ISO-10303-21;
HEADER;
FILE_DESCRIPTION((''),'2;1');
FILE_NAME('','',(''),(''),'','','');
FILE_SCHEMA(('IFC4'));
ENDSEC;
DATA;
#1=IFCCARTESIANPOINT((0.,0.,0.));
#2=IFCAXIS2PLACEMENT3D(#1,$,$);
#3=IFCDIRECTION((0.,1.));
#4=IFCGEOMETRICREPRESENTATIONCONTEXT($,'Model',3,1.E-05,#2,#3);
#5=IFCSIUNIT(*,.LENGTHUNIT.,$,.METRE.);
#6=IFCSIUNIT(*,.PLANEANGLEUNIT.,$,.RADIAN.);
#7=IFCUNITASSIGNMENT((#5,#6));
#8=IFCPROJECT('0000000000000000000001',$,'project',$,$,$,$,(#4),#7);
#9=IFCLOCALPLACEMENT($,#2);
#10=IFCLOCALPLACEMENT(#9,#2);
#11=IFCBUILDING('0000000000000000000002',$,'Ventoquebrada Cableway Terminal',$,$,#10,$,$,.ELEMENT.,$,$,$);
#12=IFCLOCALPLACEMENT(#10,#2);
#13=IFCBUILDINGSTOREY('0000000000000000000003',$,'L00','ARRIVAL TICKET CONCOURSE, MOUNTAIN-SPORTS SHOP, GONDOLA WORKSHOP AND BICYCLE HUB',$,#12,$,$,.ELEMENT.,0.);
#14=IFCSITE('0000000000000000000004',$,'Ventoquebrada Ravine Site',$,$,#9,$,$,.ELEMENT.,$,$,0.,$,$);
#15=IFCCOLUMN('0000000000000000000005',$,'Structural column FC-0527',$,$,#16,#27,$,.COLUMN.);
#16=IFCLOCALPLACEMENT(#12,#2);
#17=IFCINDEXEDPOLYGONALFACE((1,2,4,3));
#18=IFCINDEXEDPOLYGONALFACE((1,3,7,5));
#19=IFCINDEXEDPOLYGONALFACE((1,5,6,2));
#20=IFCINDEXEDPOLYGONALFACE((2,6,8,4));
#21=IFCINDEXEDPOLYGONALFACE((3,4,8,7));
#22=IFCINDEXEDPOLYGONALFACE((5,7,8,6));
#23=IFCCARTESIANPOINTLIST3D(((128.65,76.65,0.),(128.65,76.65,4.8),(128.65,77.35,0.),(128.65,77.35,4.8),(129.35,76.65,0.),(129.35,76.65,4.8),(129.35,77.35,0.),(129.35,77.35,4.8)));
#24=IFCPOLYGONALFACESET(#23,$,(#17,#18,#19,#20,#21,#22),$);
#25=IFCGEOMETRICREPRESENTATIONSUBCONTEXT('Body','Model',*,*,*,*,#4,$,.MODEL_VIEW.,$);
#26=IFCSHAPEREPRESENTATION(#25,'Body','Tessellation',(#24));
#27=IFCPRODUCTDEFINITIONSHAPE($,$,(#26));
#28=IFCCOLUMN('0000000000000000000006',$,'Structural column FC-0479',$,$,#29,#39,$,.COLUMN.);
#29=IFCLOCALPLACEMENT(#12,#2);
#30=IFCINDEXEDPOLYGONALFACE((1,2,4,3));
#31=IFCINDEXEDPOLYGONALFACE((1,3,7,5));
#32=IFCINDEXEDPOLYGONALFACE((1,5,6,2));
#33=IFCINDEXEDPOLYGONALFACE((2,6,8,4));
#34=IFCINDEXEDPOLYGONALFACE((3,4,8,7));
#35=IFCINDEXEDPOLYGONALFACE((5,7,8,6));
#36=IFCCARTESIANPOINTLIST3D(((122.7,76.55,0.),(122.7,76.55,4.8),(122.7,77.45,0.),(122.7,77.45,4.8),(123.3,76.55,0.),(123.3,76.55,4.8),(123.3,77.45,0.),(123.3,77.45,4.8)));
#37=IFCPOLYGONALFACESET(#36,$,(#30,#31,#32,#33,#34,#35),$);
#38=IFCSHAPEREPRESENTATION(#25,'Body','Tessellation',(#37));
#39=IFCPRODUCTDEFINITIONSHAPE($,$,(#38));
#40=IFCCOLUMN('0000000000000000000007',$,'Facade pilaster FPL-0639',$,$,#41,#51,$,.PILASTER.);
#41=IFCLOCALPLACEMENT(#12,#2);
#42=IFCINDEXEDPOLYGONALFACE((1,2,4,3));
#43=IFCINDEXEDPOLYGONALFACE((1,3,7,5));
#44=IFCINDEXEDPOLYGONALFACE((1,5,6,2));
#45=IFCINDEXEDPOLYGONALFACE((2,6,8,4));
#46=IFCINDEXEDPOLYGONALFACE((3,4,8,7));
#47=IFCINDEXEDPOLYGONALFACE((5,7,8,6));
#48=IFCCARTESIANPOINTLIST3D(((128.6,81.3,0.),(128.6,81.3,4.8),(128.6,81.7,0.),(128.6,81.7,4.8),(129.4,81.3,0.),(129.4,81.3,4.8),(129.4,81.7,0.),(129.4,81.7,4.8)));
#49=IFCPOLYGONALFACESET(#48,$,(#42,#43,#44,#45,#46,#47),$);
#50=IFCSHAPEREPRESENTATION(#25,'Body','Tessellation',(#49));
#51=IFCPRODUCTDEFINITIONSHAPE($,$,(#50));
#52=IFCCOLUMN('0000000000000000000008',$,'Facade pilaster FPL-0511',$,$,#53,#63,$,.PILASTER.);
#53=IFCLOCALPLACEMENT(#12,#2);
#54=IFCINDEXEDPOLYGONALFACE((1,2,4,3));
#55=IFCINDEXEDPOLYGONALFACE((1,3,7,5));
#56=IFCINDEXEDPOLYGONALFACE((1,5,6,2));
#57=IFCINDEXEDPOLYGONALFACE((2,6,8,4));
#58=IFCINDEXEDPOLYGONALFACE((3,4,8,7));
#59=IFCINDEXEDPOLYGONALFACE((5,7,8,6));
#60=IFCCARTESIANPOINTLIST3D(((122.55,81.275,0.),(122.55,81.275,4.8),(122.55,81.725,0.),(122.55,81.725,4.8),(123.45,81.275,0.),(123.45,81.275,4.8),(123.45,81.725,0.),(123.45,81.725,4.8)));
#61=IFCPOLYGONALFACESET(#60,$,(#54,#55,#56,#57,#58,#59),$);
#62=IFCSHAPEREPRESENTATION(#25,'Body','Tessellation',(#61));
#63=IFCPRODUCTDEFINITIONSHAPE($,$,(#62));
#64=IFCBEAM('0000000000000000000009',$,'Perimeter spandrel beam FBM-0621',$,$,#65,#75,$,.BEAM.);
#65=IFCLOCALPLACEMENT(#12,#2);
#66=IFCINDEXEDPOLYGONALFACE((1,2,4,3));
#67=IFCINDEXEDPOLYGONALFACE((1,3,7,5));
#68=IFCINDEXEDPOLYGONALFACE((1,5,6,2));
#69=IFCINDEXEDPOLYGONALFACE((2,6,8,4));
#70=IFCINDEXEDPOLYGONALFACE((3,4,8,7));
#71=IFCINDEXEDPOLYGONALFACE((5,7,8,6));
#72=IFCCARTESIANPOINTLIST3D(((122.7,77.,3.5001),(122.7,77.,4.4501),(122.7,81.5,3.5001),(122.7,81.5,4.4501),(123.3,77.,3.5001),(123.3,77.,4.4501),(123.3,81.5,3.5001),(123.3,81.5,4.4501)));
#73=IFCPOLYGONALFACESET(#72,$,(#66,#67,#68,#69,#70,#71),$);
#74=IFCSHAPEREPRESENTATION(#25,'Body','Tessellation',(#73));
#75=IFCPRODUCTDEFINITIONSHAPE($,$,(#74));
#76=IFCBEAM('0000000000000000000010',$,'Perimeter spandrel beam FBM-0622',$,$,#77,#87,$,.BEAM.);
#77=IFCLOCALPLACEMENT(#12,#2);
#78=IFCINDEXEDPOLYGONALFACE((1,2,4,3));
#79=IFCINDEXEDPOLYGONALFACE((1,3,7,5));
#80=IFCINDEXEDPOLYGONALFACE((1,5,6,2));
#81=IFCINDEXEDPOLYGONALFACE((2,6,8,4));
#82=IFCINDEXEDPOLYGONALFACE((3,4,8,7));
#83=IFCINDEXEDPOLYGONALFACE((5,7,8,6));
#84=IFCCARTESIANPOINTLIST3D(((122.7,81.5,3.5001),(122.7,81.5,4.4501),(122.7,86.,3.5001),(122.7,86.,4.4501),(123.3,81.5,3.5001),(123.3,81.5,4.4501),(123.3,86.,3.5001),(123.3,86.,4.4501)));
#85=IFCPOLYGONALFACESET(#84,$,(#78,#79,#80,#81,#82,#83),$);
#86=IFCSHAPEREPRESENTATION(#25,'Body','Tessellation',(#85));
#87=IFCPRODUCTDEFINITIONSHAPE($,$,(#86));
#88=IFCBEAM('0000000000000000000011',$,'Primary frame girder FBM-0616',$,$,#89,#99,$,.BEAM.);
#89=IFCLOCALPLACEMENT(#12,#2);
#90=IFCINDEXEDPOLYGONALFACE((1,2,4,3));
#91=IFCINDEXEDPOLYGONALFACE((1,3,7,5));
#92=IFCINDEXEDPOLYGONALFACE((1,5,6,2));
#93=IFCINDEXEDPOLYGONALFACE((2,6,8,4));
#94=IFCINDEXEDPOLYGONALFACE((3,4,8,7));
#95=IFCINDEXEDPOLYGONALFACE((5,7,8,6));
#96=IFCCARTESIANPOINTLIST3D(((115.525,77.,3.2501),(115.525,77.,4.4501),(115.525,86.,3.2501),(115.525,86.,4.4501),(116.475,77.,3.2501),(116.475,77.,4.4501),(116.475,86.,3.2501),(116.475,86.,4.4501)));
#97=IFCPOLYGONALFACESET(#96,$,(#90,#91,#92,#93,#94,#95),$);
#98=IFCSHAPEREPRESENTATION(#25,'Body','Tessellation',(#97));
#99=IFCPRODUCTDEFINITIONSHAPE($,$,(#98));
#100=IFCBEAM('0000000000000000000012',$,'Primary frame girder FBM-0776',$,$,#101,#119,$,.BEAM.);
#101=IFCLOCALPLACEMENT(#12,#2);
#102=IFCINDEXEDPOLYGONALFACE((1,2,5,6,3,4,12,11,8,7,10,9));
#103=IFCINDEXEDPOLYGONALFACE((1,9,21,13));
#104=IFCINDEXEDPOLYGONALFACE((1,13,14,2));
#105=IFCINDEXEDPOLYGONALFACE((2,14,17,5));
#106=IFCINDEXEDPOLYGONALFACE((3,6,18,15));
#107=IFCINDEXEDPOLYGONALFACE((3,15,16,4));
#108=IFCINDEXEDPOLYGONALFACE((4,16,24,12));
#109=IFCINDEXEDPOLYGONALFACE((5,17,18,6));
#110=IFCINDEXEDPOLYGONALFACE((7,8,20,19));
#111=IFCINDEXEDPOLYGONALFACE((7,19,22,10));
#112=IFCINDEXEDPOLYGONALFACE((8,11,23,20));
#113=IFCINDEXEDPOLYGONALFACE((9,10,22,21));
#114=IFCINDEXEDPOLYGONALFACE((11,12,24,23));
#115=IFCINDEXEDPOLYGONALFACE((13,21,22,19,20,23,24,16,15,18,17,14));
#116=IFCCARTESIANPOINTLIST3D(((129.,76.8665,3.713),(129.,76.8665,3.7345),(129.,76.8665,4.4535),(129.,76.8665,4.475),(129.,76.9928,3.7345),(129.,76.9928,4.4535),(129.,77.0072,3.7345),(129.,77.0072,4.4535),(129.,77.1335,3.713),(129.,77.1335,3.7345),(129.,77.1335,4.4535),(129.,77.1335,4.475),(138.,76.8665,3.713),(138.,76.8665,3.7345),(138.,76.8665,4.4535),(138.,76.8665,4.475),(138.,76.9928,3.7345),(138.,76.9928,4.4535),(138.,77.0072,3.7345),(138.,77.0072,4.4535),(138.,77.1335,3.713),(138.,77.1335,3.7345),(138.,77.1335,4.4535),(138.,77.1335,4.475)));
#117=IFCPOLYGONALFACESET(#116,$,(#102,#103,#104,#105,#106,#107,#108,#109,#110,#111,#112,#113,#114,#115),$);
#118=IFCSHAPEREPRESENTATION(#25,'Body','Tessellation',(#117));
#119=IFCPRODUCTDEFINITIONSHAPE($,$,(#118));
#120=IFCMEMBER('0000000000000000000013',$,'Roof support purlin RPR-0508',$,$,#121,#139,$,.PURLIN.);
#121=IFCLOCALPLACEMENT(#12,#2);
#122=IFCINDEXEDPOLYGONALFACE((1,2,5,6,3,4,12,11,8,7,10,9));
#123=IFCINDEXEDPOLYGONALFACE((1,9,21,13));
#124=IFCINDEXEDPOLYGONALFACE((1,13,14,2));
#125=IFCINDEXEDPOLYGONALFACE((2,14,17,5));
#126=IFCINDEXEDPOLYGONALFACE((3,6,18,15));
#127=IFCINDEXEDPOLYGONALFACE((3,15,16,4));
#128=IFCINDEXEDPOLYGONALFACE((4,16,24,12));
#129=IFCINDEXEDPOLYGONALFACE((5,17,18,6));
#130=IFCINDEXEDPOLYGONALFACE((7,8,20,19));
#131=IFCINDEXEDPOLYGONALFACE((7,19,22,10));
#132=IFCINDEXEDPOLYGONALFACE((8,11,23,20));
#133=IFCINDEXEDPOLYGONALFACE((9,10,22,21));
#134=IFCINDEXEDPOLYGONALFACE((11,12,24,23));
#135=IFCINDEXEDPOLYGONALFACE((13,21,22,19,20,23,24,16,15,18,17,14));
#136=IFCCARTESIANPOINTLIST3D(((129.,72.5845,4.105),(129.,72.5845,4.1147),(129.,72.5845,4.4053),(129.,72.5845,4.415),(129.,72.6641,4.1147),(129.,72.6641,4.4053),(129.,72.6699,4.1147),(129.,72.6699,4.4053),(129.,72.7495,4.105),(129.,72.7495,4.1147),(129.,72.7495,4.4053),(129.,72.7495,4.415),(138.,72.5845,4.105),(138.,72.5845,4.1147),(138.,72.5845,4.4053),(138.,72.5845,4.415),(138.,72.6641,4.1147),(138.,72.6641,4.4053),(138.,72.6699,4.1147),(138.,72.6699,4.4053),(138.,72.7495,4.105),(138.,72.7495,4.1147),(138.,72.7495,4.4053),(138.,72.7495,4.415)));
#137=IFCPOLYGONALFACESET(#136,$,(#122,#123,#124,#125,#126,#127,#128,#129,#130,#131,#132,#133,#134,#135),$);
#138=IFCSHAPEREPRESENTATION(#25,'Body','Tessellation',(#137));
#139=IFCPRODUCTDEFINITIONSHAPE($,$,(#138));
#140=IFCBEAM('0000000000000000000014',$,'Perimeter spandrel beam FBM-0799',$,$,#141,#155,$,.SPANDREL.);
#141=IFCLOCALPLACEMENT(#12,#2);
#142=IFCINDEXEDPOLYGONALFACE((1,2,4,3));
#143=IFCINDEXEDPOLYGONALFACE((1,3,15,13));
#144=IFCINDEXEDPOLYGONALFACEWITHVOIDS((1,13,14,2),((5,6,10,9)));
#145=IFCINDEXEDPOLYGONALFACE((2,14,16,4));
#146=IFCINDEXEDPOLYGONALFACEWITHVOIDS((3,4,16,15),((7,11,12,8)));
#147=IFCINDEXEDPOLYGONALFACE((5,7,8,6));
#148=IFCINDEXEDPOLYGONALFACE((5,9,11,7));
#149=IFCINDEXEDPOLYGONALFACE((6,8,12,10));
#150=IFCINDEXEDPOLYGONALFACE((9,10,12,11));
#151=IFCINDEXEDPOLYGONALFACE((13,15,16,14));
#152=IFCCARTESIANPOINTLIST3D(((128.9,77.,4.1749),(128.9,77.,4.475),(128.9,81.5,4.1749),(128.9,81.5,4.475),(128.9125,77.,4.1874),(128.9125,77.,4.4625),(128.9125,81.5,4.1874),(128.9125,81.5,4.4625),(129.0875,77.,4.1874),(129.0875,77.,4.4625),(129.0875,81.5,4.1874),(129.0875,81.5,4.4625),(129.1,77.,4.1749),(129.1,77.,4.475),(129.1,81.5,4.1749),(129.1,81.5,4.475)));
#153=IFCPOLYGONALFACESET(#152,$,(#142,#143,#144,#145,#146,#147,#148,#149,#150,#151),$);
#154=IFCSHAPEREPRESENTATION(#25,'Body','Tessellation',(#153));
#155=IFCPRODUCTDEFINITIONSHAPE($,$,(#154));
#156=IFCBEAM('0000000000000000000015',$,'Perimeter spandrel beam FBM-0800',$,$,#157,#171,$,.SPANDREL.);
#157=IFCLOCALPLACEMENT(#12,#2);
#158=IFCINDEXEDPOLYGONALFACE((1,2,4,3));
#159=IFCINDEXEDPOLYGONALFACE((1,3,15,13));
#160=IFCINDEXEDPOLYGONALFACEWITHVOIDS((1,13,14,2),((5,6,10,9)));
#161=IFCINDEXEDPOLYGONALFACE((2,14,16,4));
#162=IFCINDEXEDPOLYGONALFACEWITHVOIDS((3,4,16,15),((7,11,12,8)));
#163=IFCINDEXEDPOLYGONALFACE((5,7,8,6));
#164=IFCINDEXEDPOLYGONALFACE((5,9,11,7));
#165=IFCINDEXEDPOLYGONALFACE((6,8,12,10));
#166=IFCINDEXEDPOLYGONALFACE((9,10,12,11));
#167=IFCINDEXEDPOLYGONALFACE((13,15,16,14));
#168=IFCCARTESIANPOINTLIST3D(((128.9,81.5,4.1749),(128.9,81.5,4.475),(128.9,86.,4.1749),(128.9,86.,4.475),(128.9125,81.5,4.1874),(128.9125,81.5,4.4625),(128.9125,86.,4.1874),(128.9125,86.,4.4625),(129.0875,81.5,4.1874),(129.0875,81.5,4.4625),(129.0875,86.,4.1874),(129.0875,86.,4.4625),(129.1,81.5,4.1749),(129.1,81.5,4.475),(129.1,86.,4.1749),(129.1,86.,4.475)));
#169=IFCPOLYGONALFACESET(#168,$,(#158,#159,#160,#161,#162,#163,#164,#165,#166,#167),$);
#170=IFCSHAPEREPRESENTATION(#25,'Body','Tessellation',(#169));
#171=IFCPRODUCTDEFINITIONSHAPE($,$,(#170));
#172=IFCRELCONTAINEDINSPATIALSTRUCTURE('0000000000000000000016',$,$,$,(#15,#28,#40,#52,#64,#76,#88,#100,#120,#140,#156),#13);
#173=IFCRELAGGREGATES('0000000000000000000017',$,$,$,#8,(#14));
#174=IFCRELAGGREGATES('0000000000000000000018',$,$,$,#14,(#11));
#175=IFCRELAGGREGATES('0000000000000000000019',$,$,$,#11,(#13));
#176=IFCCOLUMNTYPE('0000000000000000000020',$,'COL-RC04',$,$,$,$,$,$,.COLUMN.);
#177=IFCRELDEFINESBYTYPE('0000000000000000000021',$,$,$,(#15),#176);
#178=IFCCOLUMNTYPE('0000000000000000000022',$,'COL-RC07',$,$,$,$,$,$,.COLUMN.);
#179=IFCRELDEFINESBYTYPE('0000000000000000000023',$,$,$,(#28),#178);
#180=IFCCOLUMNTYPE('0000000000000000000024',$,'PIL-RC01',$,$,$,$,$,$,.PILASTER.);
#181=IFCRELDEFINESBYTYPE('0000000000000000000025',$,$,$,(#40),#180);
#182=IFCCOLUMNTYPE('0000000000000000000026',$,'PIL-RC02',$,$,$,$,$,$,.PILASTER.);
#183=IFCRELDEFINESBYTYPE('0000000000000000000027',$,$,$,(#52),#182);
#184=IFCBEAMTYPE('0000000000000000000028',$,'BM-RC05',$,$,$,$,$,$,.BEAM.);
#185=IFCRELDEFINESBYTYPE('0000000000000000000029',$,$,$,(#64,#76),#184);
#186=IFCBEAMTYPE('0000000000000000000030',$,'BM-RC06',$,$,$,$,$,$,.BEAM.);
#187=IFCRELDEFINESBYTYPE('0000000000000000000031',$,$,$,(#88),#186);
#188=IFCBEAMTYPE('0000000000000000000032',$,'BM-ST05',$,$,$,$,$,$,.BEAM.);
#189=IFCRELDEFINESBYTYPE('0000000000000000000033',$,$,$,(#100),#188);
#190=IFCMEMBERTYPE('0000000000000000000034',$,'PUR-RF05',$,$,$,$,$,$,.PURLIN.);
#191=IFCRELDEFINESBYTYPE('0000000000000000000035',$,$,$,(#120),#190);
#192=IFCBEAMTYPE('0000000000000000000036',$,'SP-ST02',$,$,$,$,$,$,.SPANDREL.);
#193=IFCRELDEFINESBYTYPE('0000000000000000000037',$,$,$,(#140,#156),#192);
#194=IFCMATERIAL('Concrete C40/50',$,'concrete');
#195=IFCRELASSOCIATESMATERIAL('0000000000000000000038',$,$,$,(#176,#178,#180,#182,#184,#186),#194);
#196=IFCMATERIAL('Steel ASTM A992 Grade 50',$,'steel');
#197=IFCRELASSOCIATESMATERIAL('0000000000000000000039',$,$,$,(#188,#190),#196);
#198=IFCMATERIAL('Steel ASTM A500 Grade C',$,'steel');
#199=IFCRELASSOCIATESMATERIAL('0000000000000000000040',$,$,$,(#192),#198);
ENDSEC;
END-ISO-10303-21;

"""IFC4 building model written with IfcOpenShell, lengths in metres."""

from ifc_helpers import new_model, si_unit, direction, frame, origin, origin_2d, place, context, subcontext, project, spatial, rectangle, hollow_rectangle, i_section, extrude, material, material_profile, profile_set, type_object, element, save


model = new_model("IFC4")

# Units and contexts
model_context = context("Model", 3, precision=1e-05, world=origin(), true_north=direction((0.0, 1.0)))
body_context = subcontext(model_context, "Body", "Model", "MODEL_VIEW")
ifc_project = project(units=[si_unit("LENGTHUNIT", "METRE"), si_unit("PLANEANGLEUNIT", "RADIAN")], contexts=[model_context])

# Site, building, storey
site_placement = place(None, origin())
site = spatial("IfcSite", under=ifc_project, at=site_placement, Name="Ventoquebrada Ravine Site", CompositionType="ELEMENT", RefElevation=0.0)
building_placement = place(site_placement, origin())
building = spatial("IfcBuilding", under=site, at=building_placement, Name="Ventoquebrada Cableway Terminal", CompositionType="ELEMENT")
storey_placement = place(building_placement, origin())
storey = spatial("IfcBuildingStorey", under=building, at=storey_placement, Name="L00", Description="ARRIVAL TICKET CONCOURSE, MOUNTAIN-SPORTS SHOP, GONDOLA WORKSHOP AND BICYCLE HUB", CompositionType="ELEMENT", Elevation=0.0)

# Columns
ifc_material_1 = material(Name="Concrete C40/50", Category="concrete")
ifc_material_profile_1 = material_profile(ifc_material_1, rectangle(XDim=0.7, YDim=0.7, at=origin_2d()), Name="RC-COL-700X700")
ifc_profile_set_1 = profile_set([ifc_material_profile_1], Name="Concrete C40/50")
column_type_1 = type_object("IfcColumnType", Name="COL-RC04", PredefinedType="COLUMN", material=ifc_profile_set_1)
column_1_placement = place(storey_placement, frame((129.0, 77.0, 0.0), z_axis=(0.0, 0.0, 1.0), x_axis=(1.0, 0.0, 0.0)))
element("IfcColumn", 1, at=column_1_placement, inside=storey, type_object=column_type_1, Name="Structural column FC-0527", PredefinedType="COLUMN", context=body_context, shape_type="SweptSolid", body=[
    extrude(rectangle(XDim=0.7, YDim=0.7, at=origin_2d()), origin(), (0.0, 0.0, 1.0), 4.8),
])
ifc_material_profile_2 = material_profile(ifc_material_1, rectangle(XDim=0.6001, YDim=0.8999, at=origin_2d()), Name="RC-COL-900X600")
ifc_profile_set_2 = profile_set([ifc_material_profile_2], Name="Concrete C40/50")
column_type_2 = type_object("IfcColumnType", Name="COL-RC07", PredefinedType="COLUMN", material=ifc_profile_set_2)
column_2_placement = place(storey_placement, frame((123.0, 77.0, 0.0), z_axis=(0.0, 0.0, 1.0), x_axis=(1.0, 0.0, 0.0)))
element("IfcColumn", 2, at=column_2_placement, inside=storey, type_object=column_type_2, Name="Structural column FC-0479", PredefinedType="COLUMN", context=body_context, shape_type="SweptSolid", body=[
    extrude(rectangle(XDim=0.6001, YDim=0.8999, at=origin_2d()), origin(), (0.0, 0.0, 1.0), 4.8),
])
ifc_material_profile_3 = material_profile(ifc_material_1, rectangle(XDim=0.3999, YDim=0.8, at=origin_2d()), Name="RC-PIL-400X800")
ifc_profile_set_3 = profile_set([ifc_material_profile_3], Name="Concrete C40/50")
column_type_3 = type_object("IfcColumnType", Name="PIL-RC01", PredefinedType="PILASTER", material=ifc_profile_set_3)
column_3_placement = place(storey_placement, frame((129.0, 81.5, 0.0), z_axis=(0.0, 0.0, 1.0), x_axis=(0.0, 1.0, 0.0)))
element("IfcColumn", 3, at=column_3_placement, inside=storey, type_object=column_type_3, Name="Facade pilaster FPL-0639", PredefinedType="PILASTER", context=body_context, shape_type="SweptSolid", body=[
    extrude(rectangle(XDim=0.3999, YDim=0.8, at=origin_2d()), origin(), (0.0, 0.0, 1.0), 4.8),
])
ifc_material_profile_4 = material_profile(ifc_material_1, rectangle(XDim=0.45, YDim=0.8999, at=origin_2d()), Name="RC-PIL-450X900")
ifc_profile_set_4 = profile_set([ifc_material_profile_4], Name="Concrete C40/50")
column_type_4 = type_object("IfcColumnType", Name="PIL-RC02", PredefinedType="PILASTER", material=ifc_profile_set_4)
column_4_placement = place(storey_placement, frame((123.0, 81.5, 0.0), z_axis=(0.0, 0.0, 1.0), x_axis=(0.0, 1.0, 0.0)))
element("IfcColumn", 4, at=column_4_placement, inside=storey, type_object=column_type_4, Name="Facade pilaster FPL-0511", PredefinedType="PILASTER", context=body_context, shape_type="SweptSolid", body=[
    extrude(rectangle(XDim=0.45, YDim=0.8999, at=origin_2d()), origin(), (0.0, 0.0, 1.0), 4.8),
])

# Beams
ifc_material_profile_5 = material_profile(ifc_material_1, rectangle(XDim=0.6001, YDim=0.95, at=origin_2d()), Name="RC-BM-600X950")
ifc_profile_set_5 = profile_set([ifc_material_profile_5], Name="Concrete C40/50")
beam_type_1 = type_object("IfcBeamType", Name="BM-RC05", PredefinedType="BEAM", material=ifc_profile_set_5)
for number, where, z_axis, x_axis, name in (
    (5, (123.0, 77.0, 3.9751), (0.0, 1.0, 0.0), (-1.0, 0.0, 0.0), "Perimeter spandrel beam FBM-0621"),
    (6, (123.0, 81.5, 3.9751), (0.0, 1.0, 0.0), (-1.0, 0.0, 0.0), "Perimeter spandrel beam FBM-0622"),
):
    element("IfcBeam", number, at=place(storey_placement, frame(where, z_axis=z_axis, x_axis=x_axis)), inside=storey, type_object=beam_type_1, Name=name, PredefinedType="BEAM", context=body_context, shape_type="SweptSolid", body=[
        extrude(rectangle(XDim=0.6001, YDim=0.95, at=origin_2d()), origin(), (0.0, 0.0, 1.0), 4.5),
    ])
ifc_material_profile_6 = material_profile(ifc_material_1, rectangle(XDim=0.95, YDim=1.2, at=origin_2d()), Name="RC-BM-950X1200")
ifc_profile_set_6 = profile_set([ifc_material_profile_6], Name="Concrete C40/50")
beam_type_2 = type_object("IfcBeamType", Name="BM-RC06", PredefinedType="BEAM", material=ifc_profile_set_6)
beam_1_placement = place(storey_placement, frame((116.0, 77.0, 3.8501), z_axis=(0.0, 1.0, 0.0), x_axis=(-1.0, 0.0, 0.0)))
element("IfcBeam", 7, at=beam_1_placement, inside=storey, type_object=beam_type_2, Name="Primary frame girder FBM-0616", PredefinedType="BEAM", context=body_context, shape_type="SweptSolid", body=[
    extrude(rectangle(XDim=0.95, YDim=1.2, at=origin_2d()), origin(), (0.0, 0.0, 1.0), 9.0),
])
ifc_material_2 = material(Name="Steel ASTM A992 Grade 50", Category="steel")
ifc_material_profile_7 = material_profile(ifc_material_2, i_section(OverallWidth=0.2671, OverallDepth=0.762, WebThickness=0.0144, FlangeThickness=0.0215, at=origin_2d()), Name="W30X116")
ifc_profile_set_7 = profile_set([ifc_material_profile_7], Name="Steel ASTM A992 Grade 50")
beam_type_3 = type_object("IfcBeamType", Name="BM-ST05", PredefinedType="BEAM", material=ifc_profile_set_7)
beam_2_placement = place(storey_placement, frame((129.0, 77.0, 4.094), z_axis=(1.0, 0.0, 0.0), x_axis=(0.0, 1.0, 0.0)))
element("IfcBeam", 8, at=beam_2_placement, inside=storey, type_object=beam_type_3, Name="Primary frame girder FBM-0776", PredefinedType="BEAM", context=body_context, shape_type="SweptSolid", body=[
    extrude(i_section(OverallWidth=0.2671, OverallDepth=0.762, WebThickness=0.0144, FlangeThickness=0.0215, at=origin_2d()), origin(), (0.0, 0.0, 1.0), 9.0),
])

# Member
ifc_material_profile_8 = material_profile(ifc_material_2, i_section(OverallWidth=0.165, OverallDepth=0.3101, WebThickness=0.0059, FlangeThickness=0.0098, at=origin_2d()), Name="W12X26")
ifc_profile_set_8 = profile_set([ifc_material_profile_8], Name="Steel ASTM A992 Grade 50")
member_type = type_object("IfcMemberType", Name="PUR-RF05", PredefinedType="PURLIN", material=ifc_profile_set_8)
member_placement = place(storey_placement, frame((129.0, 72.667, 4.26), z_axis=(1.0, 0.0, 0.0), x_axis=(0.0, 1.0, 0.0)))
element("IfcMember", 9, at=member_placement, inside=storey, type_object=member_type, Name="Roof support purlin RPR-0508", PredefinedType="PURLIN", context=body_context, shape_type="SweptSolid", body=[
    extrude(i_section(OverallWidth=0.165, OverallDepth=0.3101, WebThickness=0.0059, FlangeThickness=0.0098, at=origin_2d()), origin(), (0.0, 0.0, 1.0), 9.0),
])

# Beams
ifc_material_3 = material(Name="Steel ASTM A500 Grade C", Category="steel")
ifc_material_profile_9 = material_profile(ifc_material_3, hollow_rectangle(XDim=0.2, YDim=0.3, WallThickness=0.0125, at=origin_2d()), Name="RHS300X200X12.5")
ifc_profile_set_9 = profile_set([ifc_material_profile_9], Name="Steel ASTM A500 Grade C")
beam_type_4 = type_object("IfcBeamType", Name="SP-ST02", PredefinedType="SPANDREL", material=ifc_profile_set_9)
for number, where, z_axis, x_axis, name in (
    (10, (129.0, 77.0, 4.325), (0.0, 1.0, 0.0), (-1.0, 0.0, 0.0), "Perimeter spandrel beam FBM-0799"),
    (11, (129.0, 81.5, 4.325), (0.0, 1.0, 0.0), (-1.0, 0.0, 0.0), "Perimeter spandrel beam FBM-0800"),
):
    element("IfcBeam", number, at=place(storey_placement, frame(where, z_axis=z_axis, x_axis=x_axis)), inside=storey, type_object=beam_type_4, Name=name, PredefinedType="SPANDREL", context=body_context, shape_type="SweptSolid", body=[
        extrude(hollow_rectangle(XDim=0.2, YDim=0.3, WallThickness=0.0125, at=origin_2d()), origin(), (0.0, 0.0, 1.0), 4.5),
    ])

save(model, "model.ifc")
